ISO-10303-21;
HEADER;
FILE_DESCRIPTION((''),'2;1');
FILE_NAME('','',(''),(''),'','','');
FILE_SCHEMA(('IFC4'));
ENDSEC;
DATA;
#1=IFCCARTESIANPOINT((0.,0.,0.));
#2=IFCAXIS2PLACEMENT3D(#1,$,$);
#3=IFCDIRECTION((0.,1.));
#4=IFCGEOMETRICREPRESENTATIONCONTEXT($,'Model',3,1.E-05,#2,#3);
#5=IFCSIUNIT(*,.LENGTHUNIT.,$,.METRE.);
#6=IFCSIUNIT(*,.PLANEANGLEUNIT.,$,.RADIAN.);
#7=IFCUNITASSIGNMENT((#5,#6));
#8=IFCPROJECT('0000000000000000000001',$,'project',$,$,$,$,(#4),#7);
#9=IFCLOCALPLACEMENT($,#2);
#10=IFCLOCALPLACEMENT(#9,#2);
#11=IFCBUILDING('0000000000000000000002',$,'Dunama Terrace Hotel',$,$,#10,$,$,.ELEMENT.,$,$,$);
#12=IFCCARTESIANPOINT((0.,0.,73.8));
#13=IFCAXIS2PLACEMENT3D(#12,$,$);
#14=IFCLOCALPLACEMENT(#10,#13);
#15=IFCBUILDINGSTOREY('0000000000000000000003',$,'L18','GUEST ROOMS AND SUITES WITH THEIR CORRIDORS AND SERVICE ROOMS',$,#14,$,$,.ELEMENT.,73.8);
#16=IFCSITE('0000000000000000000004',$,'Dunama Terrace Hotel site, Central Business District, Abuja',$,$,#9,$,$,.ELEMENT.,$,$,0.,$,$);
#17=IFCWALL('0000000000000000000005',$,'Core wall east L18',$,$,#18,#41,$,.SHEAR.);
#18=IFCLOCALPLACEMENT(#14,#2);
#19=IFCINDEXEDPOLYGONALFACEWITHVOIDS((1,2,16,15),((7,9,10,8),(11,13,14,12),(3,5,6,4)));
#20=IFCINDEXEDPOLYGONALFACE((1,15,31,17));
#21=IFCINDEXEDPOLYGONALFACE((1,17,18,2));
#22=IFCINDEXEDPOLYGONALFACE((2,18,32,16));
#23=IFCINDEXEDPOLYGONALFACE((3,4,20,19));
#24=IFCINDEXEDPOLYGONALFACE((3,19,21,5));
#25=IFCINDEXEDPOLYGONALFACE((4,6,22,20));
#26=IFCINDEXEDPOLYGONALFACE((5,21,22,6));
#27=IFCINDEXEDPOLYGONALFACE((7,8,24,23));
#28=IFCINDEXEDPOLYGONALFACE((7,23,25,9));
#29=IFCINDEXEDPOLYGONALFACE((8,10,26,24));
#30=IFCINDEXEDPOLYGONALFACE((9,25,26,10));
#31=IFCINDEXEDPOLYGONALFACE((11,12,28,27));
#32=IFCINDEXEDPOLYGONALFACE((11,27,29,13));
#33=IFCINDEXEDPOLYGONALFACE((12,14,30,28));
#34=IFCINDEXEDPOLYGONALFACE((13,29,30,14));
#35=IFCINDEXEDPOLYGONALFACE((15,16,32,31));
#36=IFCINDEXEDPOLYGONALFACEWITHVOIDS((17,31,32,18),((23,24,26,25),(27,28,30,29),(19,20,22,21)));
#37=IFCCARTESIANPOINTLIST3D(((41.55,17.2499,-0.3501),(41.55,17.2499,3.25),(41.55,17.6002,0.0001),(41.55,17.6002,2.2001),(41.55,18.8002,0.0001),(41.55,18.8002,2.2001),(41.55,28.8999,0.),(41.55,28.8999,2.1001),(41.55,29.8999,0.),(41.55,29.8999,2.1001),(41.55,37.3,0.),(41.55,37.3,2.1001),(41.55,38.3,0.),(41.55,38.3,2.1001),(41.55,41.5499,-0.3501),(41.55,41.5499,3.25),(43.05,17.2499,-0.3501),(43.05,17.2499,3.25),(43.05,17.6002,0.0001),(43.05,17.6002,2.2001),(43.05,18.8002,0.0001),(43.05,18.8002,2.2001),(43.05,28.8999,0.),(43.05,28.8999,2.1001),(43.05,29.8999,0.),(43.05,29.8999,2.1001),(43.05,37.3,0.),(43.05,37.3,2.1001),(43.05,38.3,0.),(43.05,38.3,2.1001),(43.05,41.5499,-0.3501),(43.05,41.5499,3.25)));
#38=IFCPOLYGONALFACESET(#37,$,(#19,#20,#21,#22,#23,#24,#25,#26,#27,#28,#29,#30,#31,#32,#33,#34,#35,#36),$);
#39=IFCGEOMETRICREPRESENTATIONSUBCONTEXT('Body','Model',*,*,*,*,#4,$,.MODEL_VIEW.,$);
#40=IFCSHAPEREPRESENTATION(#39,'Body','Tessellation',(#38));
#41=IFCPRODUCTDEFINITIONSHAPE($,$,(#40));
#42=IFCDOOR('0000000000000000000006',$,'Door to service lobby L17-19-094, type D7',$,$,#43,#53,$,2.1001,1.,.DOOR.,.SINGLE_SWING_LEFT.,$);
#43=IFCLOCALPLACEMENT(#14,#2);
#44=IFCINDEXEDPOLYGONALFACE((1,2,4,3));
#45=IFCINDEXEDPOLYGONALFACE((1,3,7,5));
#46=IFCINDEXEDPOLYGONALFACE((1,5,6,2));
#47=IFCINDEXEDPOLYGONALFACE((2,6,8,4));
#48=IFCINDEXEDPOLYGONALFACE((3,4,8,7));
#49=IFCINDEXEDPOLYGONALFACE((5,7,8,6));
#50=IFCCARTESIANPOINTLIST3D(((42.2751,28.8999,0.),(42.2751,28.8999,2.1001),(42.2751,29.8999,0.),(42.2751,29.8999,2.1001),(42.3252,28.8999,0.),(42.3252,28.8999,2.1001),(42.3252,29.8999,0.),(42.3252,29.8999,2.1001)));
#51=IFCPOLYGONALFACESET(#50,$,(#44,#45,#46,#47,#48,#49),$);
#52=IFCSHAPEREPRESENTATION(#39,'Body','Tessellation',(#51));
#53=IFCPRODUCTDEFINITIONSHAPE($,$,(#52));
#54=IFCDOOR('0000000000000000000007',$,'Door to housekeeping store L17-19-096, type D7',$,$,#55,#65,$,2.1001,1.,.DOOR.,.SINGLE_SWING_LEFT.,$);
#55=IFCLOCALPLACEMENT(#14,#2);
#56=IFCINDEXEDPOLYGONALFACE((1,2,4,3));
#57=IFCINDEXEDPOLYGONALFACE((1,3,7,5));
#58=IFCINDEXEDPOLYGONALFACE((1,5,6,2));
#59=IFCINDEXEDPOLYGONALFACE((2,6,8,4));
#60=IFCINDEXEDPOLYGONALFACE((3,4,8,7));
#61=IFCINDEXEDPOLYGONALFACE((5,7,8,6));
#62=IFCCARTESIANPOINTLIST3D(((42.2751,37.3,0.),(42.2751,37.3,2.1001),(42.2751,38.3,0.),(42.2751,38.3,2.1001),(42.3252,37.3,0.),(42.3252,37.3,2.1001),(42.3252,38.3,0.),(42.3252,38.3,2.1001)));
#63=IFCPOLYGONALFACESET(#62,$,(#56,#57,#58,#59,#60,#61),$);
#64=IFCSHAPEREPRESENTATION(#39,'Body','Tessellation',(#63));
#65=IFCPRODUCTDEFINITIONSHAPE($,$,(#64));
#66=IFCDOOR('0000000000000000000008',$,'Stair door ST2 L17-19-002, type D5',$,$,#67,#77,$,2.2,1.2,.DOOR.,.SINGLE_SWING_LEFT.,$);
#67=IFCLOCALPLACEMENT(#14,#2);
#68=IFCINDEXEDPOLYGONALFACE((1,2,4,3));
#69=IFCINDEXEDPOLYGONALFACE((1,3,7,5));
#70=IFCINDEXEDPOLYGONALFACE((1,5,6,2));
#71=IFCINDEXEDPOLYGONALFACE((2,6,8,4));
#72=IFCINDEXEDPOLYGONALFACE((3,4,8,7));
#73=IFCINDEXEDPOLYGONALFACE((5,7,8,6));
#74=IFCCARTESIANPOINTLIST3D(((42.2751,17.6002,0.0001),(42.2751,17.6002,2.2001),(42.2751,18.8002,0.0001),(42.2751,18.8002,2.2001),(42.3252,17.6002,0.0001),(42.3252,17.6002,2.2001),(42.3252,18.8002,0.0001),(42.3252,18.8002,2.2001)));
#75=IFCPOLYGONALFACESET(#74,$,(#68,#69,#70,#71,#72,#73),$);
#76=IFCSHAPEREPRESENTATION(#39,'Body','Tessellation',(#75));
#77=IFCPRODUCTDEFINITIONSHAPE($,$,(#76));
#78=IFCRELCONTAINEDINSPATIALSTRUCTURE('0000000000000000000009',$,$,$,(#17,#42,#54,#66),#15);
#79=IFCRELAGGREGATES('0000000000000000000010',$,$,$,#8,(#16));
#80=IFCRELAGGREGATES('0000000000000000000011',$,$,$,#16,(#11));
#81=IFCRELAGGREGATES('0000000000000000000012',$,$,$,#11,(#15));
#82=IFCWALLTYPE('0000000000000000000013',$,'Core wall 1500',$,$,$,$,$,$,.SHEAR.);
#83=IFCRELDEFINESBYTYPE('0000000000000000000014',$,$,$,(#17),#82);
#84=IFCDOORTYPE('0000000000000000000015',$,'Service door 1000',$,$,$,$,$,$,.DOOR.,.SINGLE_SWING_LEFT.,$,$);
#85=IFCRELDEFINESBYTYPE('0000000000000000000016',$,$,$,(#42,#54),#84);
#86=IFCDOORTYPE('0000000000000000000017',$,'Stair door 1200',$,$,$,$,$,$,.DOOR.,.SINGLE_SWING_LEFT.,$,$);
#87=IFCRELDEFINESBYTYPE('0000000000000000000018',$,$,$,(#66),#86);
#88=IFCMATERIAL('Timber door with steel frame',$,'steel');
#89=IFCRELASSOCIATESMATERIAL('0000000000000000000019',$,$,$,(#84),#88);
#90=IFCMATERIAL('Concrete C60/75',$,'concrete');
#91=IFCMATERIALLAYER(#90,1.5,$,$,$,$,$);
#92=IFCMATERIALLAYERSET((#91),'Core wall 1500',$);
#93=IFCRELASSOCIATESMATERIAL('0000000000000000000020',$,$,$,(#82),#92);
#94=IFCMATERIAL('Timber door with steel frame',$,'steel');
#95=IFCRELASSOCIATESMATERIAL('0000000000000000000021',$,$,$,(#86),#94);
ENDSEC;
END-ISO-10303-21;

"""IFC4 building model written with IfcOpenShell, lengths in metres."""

from ifc_helpers import new_model, si_unit, direction, frame, frame_2d, origin, place, context, subcontext, project, spatial, rectangle, extrude, material, layer, layer_set, type_object, element, fill, save


model = new_model("IFC4")

# Units and contexts
model_context = context("Model", 3, precision=1e-05, world=origin(), true_north=direction((0.0, 1.0)))
body_context = subcontext(model_context, "Body", "Model", "MODEL_VIEW")
ifc_project = project(units=[si_unit("LENGTHUNIT", "METRE"), si_unit("PLANEANGLEUNIT", "RADIAN")], contexts=[model_context])

# Site, building, storey
site_placement = place(None, origin())
site = spatial("IfcSite", under=ifc_project, at=site_placement, Name="Dunama Terrace Hotel site, Central Business District, Abuja", CompositionType="ELEMENT", RefElevation=0.0)
building_placement = place(site_placement, origin())
building = spatial("IfcBuilding", under=site, at=building_placement, Name="Dunama Terrace Hotel", CompositionType="ELEMENT")
storey_placement = place(building_placement, frame((0.0, 0.0, 73.8)))
storey = spatial("IfcBuildingStorey", under=building, at=storey_placement, Name="L18", Description="GUEST ROOMS AND SUITES WITH THEIR CORRIDORS AND SERVICE ROOMS", CompositionType="ELEMENT", Elevation=73.8)

# Shared definitions
ifc_material_1 = material(Name="Timber door with steel frame", Category="steel")
door_type_1 = type_object("IfcDoorType", Name="Service door 1000", OperationType="SINGLE_SWING_LEFT", PredefinedType="DOOR", material=ifc_material_1)

# Wall, openings, doors
ifc_material_2 = material(Name="Concrete C60/75", Category="concrete")
ifc_layer_1 = layer(ifc_material_2, 1.5)
ifc_layer_set_1 = layer_set([ifc_layer_1], Name="Core wall 1500")
wall_type_1 = type_object("IfcWallType", Name="Core wall 1500", PredefinedType="SHEAR", material=ifc_layer_set_1)
wall_1_placement = place(storey_placement, frame((42.3, 17.25, -0.3501), z_axis=(0.0, 0.0, 1.0), x_axis=(0.0, 1.0, 0.0)))
wall_1 = element("IfcWall", 1, at=wall_1_placement, inside=storey, type_object=wall_type_1, Name="Core wall east L18", PredefinedType="SHEAR", context=body_context, shape_type="SweptSolid", body=[
    extrude(rectangle(XDim=24.3, YDim=1.5, at=frame_2d((12.1499, 0.0))), origin(), (0.0, 0.0, 1.0), 3.6001),
])
opening_1_placement = place(wall_1_placement, frame((0.3501, 0.0, 0.3501)))
opening_1 = element("IfcOpeningElement", 2, at=opening_1_placement, cuts=wall_1, PredefinedType="OPENING", context=body_context, shape_type="SweptSolid", body=[
    extrude(rectangle(XDim=1.2, YDim=2.2, at=frame_2d((0.6001, 1.1001))), frame((0.0, 0.76, 0.0), z_axis=(0.0, -1.0, 0.0), x_axis=(1.0, 0.0, 0.0)), (0.0, 0.0, 1.0), 1.52),
])
opening_2_placement = place(wall_1_placement, frame((11.6499, 0.0, 0.3501)))
opening_2 = element("IfcOpeningElement", 3, at=opening_2_placement, cuts=wall_1, PredefinedType="OPENING", context=body_context, shape_type="SweptSolid", body=[
    extrude(rectangle(XDim=1.0, YDim=2.1001, at=frame_2d((0.5, 1.05))), frame((0.0, 0.76, 0.0), z_axis=(0.0, -1.0, 0.0), x_axis=(1.0, 0.0, 0.0)), (0.0, 0.0, 1.0), 1.52),
])
opening_3_placement = place(wall_1_placement, frame((20.05, 0.0, 0.3501)))
opening_3 = element("IfcOpeningElement", 4, at=opening_3_placement, cuts=wall_1, PredefinedType="OPENING", context=body_context, shape_type="SweptSolid", body=[
    extrude(rectangle(XDim=1.0, YDim=2.1001, at=frame_2d((0.5, 1.05))), frame((0.0, 0.76, 0.0), z_axis=(0.0, -1.0, 0.0), x_axis=(1.0, 0.0, 0.0)), (0.0, 0.0, 1.0), 1.52),
])
door_1_placement = place(opening_2_placement, origin())
door_1 = element("IfcDoor", 5, at=door_1_placement, inside=storey, type_object=door_type_1, Name="Door to service lobby L17-19-094, type D7", OperationType="SINGLE_SWING_LEFT", OverallHeight=2.1001, OverallWidth=1.0, PredefinedType="DOOR", context=body_context, shape_type="SweptSolid", body=[
    extrude(rectangle(XDim=1.0, YDim=2.1001, at=frame_2d((0.5, 1.05))), frame((0.0, 0.0249, 0.0), z_axis=(0.0, -1.0, 0.0), x_axis=(1.0, 0.0, 0.0)), (0.0, 0.0, 1.0), 0.05),
])
fill(opening_2, door_1)
door_2_placement = place(opening_3_placement, origin())
door_2 = element("IfcDoor", 6, at=door_2_placement, inside=storey, type_object=door_type_1, Name="Door to housekeeping store L17-19-096, type D7", OperationType="SINGLE_SWING_LEFT", OverallHeight=2.1001, OverallWidth=1.0, PredefinedType="DOOR", context=body_context, shape_type="SweptSolid", body=[
    extrude(rectangle(XDim=1.0, YDim=2.1001, at=frame_2d((0.5, 1.05))), frame((0.0, 0.0249, 0.0), z_axis=(0.0, -1.0, 0.0), x_axis=(1.0, 0.0, 0.0)), (0.0, 0.0, 1.0), 0.05),
])
fill(opening_3, door_2)
ifc_material_3 = material(Name="Timber door with steel frame", Category="steel")
door_type_2 = type_object("IfcDoorType", Name="Stair door 1200", OperationType="SINGLE_SWING_LEFT", PredefinedType="DOOR", material=ifc_material_3)
door_3_placement = place(opening_1_placement, origin())
door_3 = element("IfcDoor", 7, at=door_3_placement, inside=storey, type_object=door_type_2, Name="Stair door ST2 L17-19-002, type D5", OperationType="SINGLE_SWING_LEFT", OverallHeight=2.2, OverallWidth=1.2, PredefinedType="DOOR", context=body_context, shape_type="SweptSolid", body=[
    extrude(rectangle(XDim=1.2, YDim=2.2, at=frame_2d((0.6001, 1.1001))), frame((0.0, 0.0249, 0.0), z_axis=(0.0, -1.0, 0.0), x_axis=(1.0, 0.0, 0.0)), (0.0, 0.0, 1.0), 0.05),
])
fill(opening_1, door_3)

save(model, "model.ifc")
